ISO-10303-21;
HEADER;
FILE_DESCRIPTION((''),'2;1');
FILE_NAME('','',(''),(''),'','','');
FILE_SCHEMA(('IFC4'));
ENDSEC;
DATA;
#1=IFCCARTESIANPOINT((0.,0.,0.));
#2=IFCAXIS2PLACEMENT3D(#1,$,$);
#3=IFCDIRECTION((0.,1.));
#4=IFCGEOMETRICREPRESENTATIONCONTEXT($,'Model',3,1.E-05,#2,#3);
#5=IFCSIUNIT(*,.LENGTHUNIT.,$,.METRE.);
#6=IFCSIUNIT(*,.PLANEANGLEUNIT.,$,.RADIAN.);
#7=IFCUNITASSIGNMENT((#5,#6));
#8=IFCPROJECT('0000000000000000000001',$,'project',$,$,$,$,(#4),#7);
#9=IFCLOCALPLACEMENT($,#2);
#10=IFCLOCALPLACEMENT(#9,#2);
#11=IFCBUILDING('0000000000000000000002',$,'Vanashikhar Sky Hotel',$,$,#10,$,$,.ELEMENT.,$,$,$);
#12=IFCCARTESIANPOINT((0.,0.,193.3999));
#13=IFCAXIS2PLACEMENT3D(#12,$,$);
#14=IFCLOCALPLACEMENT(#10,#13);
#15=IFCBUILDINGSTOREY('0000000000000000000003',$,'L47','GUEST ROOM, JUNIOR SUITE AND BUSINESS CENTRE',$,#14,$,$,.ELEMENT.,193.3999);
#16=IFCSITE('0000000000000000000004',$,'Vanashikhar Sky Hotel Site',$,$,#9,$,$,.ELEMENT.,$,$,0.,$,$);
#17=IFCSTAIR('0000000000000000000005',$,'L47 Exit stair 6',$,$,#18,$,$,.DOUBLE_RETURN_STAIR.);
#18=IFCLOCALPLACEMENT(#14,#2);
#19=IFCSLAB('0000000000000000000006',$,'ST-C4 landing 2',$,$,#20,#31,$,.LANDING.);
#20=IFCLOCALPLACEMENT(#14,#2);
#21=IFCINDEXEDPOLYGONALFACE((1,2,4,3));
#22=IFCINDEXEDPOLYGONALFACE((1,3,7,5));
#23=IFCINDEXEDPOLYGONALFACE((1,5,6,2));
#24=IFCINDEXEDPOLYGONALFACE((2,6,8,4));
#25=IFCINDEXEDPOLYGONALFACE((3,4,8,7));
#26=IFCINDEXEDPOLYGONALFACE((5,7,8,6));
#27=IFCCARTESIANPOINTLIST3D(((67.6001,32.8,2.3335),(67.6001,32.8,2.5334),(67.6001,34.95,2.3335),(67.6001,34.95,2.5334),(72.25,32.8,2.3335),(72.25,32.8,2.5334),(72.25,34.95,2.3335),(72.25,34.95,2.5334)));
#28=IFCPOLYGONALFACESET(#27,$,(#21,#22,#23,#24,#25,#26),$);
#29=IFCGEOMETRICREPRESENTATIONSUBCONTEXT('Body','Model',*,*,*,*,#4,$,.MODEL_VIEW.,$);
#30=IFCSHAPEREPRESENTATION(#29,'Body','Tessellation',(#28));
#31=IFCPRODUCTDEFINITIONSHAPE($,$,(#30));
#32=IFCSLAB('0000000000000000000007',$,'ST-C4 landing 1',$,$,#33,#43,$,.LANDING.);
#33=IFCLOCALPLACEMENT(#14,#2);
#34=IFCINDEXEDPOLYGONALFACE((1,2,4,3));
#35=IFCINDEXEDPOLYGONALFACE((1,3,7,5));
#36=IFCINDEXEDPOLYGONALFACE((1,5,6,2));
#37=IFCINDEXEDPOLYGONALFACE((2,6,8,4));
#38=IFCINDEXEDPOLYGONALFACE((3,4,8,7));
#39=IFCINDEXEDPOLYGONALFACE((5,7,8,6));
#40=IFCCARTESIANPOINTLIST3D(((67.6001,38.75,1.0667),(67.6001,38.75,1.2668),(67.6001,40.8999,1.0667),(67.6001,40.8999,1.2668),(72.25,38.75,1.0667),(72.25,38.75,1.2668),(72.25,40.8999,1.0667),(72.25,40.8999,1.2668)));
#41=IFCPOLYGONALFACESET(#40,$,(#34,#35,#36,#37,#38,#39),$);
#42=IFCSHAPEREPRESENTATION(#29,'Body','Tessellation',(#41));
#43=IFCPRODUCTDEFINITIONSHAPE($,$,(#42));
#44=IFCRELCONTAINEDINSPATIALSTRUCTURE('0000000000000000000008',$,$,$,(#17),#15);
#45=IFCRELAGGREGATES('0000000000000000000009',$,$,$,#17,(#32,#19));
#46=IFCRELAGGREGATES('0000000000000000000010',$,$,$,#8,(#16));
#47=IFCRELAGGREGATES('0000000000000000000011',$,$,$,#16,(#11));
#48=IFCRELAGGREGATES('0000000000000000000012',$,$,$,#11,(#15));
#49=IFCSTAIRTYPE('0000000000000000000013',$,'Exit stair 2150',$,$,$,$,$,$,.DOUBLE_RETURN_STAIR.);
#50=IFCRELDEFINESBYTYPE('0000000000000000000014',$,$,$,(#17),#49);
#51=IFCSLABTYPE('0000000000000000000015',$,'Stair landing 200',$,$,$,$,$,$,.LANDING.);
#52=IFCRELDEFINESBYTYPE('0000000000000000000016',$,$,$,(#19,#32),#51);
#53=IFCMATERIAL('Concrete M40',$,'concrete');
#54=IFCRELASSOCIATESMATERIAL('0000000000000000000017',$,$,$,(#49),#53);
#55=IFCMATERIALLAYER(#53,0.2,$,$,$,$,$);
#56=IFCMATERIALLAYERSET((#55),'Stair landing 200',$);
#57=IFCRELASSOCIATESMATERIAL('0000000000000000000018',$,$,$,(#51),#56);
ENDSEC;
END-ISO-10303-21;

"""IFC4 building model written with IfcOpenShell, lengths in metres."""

from ifc_helpers import new_model, si_unit, direction, frame, origin, place, context, subcontext, project, spatial, polyline, outline, extrude, source, transform, mapped, material, layer, layer_set, type_object, element, aggregate, save


model = new_model("IFC4")

# Units and contexts
model_context = context("Model", 3, precision=1e-05, world=origin(), true_north=direction((0.0, 1.0)))
body_context = subcontext(model_context, "Body", "Model", "MODEL_VIEW")
ifc_project = project(units=[si_unit("LENGTHUNIT", "METRE"), si_unit("PLANEANGLEUNIT", "RADIAN")], contexts=[model_context])

# Site, building, storey
site_placement = place(None, origin())
site = spatial("IfcSite", under=ifc_project, at=site_placement, Name="Vanashikhar Sky Hotel Site", CompositionType="ELEMENT", RefElevation=0.0)
building_placement = place(site_placement, origin())
building = spatial("IfcBuilding", under=site, at=building_placement, Name="Vanashikhar Sky Hotel", CompositionType="ELEMENT")
storey_placement = place(building_placement, frame((0.0, 0.0, 193.3999)))
storey = spatial("IfcBuildingStorey", under=building, at=storey_placement, Name="L47", Description="GUEST ROOM, JUNIOR SUITE AND BUSINESS CENTRE", CompositionType="ELEMENT", Elevation=193.3999)

# Shared definitions
ifc_material = material(Name="Concrete M40", Category="concrete")

# Shared definitions
stair_type = type_object("IfcStairType", Name="Exit stair 2150", PredefinedType="DOUBLE_RETURN_STAIR", material=ifc_material)
ifc_layer_1 = layer(ifc_material, 0.2)
ifc_layer_set_1 = layer_set([ifc_layer_1], Name="Stair landing 200")
slab_type_1 = type_object("IfcSlabType", Name="Stair landing 200", PredefinedType="LANDING", material=ifc_layer_set_1)

# Stair, slabs
stair_1_placement = place(storey_placement, origin())
stair_1 = element("IfcStair", 1, at=stair_1_placement, inside=storey, type_object=stair_type, Name="L47 Exit stair 6", PredefinedType="DOUBLE_RETURN_STAIR")
shared_shape_1 = source(origin(), body_context, "Body", "SweptSolid", [
    extrude(outline(polyline([(72.25, 32.8), (72.25, 34.95), (67.6001, 34.95), (67.6001, 32.8), (72.25, 32.8)])), origin(), (0.0, 0.0, 1.0), 0.2),
])
slab_1_placement = place(storey_placement, frame((0.0, 0.0, 2.3335)))
slab_1 = element("IfcSlab", 2, at=slab_1_placement, type_object=slab_type_1, Name="ST-C4 landing 2", PredefinedType="LANDING", context=body_context, shape_type="MappedRepresentation", body=[
    mapped(shared_shape_1, transform((0.0, 0.0, 0.0), scale=1.0)),
])
shared_shape_2 = source(origin(), body_context, "Body", "SweptSolid", [
    extrude(outline(polyline([(72.25, 38.75), (72.25, 40.8999), (67.6001, 40.8999), (67.6001, 38.75), (72.25, 38.75)])), origin(), (0.0, 0.0, 1.0), 0.2002),
])
slab_2_placement = place(storey_placement, frame((0.0, 0.0, 1.0667)))
slab_2 = element("IfcSlab", 3, at=slab_2_placement, type_object=slab_type_1, Name="ST-C4 landing 1", PredefinedType="LANDING", context=body_context, shape_type="MappedRepresentation", body=[
    mapped(shared_shape_2, transform((0.0, 0.0, 0.0), scale=1.0)),
])
aggregate(stair_1, [slab_2, slab_1])

save(model, "model.ifc")
